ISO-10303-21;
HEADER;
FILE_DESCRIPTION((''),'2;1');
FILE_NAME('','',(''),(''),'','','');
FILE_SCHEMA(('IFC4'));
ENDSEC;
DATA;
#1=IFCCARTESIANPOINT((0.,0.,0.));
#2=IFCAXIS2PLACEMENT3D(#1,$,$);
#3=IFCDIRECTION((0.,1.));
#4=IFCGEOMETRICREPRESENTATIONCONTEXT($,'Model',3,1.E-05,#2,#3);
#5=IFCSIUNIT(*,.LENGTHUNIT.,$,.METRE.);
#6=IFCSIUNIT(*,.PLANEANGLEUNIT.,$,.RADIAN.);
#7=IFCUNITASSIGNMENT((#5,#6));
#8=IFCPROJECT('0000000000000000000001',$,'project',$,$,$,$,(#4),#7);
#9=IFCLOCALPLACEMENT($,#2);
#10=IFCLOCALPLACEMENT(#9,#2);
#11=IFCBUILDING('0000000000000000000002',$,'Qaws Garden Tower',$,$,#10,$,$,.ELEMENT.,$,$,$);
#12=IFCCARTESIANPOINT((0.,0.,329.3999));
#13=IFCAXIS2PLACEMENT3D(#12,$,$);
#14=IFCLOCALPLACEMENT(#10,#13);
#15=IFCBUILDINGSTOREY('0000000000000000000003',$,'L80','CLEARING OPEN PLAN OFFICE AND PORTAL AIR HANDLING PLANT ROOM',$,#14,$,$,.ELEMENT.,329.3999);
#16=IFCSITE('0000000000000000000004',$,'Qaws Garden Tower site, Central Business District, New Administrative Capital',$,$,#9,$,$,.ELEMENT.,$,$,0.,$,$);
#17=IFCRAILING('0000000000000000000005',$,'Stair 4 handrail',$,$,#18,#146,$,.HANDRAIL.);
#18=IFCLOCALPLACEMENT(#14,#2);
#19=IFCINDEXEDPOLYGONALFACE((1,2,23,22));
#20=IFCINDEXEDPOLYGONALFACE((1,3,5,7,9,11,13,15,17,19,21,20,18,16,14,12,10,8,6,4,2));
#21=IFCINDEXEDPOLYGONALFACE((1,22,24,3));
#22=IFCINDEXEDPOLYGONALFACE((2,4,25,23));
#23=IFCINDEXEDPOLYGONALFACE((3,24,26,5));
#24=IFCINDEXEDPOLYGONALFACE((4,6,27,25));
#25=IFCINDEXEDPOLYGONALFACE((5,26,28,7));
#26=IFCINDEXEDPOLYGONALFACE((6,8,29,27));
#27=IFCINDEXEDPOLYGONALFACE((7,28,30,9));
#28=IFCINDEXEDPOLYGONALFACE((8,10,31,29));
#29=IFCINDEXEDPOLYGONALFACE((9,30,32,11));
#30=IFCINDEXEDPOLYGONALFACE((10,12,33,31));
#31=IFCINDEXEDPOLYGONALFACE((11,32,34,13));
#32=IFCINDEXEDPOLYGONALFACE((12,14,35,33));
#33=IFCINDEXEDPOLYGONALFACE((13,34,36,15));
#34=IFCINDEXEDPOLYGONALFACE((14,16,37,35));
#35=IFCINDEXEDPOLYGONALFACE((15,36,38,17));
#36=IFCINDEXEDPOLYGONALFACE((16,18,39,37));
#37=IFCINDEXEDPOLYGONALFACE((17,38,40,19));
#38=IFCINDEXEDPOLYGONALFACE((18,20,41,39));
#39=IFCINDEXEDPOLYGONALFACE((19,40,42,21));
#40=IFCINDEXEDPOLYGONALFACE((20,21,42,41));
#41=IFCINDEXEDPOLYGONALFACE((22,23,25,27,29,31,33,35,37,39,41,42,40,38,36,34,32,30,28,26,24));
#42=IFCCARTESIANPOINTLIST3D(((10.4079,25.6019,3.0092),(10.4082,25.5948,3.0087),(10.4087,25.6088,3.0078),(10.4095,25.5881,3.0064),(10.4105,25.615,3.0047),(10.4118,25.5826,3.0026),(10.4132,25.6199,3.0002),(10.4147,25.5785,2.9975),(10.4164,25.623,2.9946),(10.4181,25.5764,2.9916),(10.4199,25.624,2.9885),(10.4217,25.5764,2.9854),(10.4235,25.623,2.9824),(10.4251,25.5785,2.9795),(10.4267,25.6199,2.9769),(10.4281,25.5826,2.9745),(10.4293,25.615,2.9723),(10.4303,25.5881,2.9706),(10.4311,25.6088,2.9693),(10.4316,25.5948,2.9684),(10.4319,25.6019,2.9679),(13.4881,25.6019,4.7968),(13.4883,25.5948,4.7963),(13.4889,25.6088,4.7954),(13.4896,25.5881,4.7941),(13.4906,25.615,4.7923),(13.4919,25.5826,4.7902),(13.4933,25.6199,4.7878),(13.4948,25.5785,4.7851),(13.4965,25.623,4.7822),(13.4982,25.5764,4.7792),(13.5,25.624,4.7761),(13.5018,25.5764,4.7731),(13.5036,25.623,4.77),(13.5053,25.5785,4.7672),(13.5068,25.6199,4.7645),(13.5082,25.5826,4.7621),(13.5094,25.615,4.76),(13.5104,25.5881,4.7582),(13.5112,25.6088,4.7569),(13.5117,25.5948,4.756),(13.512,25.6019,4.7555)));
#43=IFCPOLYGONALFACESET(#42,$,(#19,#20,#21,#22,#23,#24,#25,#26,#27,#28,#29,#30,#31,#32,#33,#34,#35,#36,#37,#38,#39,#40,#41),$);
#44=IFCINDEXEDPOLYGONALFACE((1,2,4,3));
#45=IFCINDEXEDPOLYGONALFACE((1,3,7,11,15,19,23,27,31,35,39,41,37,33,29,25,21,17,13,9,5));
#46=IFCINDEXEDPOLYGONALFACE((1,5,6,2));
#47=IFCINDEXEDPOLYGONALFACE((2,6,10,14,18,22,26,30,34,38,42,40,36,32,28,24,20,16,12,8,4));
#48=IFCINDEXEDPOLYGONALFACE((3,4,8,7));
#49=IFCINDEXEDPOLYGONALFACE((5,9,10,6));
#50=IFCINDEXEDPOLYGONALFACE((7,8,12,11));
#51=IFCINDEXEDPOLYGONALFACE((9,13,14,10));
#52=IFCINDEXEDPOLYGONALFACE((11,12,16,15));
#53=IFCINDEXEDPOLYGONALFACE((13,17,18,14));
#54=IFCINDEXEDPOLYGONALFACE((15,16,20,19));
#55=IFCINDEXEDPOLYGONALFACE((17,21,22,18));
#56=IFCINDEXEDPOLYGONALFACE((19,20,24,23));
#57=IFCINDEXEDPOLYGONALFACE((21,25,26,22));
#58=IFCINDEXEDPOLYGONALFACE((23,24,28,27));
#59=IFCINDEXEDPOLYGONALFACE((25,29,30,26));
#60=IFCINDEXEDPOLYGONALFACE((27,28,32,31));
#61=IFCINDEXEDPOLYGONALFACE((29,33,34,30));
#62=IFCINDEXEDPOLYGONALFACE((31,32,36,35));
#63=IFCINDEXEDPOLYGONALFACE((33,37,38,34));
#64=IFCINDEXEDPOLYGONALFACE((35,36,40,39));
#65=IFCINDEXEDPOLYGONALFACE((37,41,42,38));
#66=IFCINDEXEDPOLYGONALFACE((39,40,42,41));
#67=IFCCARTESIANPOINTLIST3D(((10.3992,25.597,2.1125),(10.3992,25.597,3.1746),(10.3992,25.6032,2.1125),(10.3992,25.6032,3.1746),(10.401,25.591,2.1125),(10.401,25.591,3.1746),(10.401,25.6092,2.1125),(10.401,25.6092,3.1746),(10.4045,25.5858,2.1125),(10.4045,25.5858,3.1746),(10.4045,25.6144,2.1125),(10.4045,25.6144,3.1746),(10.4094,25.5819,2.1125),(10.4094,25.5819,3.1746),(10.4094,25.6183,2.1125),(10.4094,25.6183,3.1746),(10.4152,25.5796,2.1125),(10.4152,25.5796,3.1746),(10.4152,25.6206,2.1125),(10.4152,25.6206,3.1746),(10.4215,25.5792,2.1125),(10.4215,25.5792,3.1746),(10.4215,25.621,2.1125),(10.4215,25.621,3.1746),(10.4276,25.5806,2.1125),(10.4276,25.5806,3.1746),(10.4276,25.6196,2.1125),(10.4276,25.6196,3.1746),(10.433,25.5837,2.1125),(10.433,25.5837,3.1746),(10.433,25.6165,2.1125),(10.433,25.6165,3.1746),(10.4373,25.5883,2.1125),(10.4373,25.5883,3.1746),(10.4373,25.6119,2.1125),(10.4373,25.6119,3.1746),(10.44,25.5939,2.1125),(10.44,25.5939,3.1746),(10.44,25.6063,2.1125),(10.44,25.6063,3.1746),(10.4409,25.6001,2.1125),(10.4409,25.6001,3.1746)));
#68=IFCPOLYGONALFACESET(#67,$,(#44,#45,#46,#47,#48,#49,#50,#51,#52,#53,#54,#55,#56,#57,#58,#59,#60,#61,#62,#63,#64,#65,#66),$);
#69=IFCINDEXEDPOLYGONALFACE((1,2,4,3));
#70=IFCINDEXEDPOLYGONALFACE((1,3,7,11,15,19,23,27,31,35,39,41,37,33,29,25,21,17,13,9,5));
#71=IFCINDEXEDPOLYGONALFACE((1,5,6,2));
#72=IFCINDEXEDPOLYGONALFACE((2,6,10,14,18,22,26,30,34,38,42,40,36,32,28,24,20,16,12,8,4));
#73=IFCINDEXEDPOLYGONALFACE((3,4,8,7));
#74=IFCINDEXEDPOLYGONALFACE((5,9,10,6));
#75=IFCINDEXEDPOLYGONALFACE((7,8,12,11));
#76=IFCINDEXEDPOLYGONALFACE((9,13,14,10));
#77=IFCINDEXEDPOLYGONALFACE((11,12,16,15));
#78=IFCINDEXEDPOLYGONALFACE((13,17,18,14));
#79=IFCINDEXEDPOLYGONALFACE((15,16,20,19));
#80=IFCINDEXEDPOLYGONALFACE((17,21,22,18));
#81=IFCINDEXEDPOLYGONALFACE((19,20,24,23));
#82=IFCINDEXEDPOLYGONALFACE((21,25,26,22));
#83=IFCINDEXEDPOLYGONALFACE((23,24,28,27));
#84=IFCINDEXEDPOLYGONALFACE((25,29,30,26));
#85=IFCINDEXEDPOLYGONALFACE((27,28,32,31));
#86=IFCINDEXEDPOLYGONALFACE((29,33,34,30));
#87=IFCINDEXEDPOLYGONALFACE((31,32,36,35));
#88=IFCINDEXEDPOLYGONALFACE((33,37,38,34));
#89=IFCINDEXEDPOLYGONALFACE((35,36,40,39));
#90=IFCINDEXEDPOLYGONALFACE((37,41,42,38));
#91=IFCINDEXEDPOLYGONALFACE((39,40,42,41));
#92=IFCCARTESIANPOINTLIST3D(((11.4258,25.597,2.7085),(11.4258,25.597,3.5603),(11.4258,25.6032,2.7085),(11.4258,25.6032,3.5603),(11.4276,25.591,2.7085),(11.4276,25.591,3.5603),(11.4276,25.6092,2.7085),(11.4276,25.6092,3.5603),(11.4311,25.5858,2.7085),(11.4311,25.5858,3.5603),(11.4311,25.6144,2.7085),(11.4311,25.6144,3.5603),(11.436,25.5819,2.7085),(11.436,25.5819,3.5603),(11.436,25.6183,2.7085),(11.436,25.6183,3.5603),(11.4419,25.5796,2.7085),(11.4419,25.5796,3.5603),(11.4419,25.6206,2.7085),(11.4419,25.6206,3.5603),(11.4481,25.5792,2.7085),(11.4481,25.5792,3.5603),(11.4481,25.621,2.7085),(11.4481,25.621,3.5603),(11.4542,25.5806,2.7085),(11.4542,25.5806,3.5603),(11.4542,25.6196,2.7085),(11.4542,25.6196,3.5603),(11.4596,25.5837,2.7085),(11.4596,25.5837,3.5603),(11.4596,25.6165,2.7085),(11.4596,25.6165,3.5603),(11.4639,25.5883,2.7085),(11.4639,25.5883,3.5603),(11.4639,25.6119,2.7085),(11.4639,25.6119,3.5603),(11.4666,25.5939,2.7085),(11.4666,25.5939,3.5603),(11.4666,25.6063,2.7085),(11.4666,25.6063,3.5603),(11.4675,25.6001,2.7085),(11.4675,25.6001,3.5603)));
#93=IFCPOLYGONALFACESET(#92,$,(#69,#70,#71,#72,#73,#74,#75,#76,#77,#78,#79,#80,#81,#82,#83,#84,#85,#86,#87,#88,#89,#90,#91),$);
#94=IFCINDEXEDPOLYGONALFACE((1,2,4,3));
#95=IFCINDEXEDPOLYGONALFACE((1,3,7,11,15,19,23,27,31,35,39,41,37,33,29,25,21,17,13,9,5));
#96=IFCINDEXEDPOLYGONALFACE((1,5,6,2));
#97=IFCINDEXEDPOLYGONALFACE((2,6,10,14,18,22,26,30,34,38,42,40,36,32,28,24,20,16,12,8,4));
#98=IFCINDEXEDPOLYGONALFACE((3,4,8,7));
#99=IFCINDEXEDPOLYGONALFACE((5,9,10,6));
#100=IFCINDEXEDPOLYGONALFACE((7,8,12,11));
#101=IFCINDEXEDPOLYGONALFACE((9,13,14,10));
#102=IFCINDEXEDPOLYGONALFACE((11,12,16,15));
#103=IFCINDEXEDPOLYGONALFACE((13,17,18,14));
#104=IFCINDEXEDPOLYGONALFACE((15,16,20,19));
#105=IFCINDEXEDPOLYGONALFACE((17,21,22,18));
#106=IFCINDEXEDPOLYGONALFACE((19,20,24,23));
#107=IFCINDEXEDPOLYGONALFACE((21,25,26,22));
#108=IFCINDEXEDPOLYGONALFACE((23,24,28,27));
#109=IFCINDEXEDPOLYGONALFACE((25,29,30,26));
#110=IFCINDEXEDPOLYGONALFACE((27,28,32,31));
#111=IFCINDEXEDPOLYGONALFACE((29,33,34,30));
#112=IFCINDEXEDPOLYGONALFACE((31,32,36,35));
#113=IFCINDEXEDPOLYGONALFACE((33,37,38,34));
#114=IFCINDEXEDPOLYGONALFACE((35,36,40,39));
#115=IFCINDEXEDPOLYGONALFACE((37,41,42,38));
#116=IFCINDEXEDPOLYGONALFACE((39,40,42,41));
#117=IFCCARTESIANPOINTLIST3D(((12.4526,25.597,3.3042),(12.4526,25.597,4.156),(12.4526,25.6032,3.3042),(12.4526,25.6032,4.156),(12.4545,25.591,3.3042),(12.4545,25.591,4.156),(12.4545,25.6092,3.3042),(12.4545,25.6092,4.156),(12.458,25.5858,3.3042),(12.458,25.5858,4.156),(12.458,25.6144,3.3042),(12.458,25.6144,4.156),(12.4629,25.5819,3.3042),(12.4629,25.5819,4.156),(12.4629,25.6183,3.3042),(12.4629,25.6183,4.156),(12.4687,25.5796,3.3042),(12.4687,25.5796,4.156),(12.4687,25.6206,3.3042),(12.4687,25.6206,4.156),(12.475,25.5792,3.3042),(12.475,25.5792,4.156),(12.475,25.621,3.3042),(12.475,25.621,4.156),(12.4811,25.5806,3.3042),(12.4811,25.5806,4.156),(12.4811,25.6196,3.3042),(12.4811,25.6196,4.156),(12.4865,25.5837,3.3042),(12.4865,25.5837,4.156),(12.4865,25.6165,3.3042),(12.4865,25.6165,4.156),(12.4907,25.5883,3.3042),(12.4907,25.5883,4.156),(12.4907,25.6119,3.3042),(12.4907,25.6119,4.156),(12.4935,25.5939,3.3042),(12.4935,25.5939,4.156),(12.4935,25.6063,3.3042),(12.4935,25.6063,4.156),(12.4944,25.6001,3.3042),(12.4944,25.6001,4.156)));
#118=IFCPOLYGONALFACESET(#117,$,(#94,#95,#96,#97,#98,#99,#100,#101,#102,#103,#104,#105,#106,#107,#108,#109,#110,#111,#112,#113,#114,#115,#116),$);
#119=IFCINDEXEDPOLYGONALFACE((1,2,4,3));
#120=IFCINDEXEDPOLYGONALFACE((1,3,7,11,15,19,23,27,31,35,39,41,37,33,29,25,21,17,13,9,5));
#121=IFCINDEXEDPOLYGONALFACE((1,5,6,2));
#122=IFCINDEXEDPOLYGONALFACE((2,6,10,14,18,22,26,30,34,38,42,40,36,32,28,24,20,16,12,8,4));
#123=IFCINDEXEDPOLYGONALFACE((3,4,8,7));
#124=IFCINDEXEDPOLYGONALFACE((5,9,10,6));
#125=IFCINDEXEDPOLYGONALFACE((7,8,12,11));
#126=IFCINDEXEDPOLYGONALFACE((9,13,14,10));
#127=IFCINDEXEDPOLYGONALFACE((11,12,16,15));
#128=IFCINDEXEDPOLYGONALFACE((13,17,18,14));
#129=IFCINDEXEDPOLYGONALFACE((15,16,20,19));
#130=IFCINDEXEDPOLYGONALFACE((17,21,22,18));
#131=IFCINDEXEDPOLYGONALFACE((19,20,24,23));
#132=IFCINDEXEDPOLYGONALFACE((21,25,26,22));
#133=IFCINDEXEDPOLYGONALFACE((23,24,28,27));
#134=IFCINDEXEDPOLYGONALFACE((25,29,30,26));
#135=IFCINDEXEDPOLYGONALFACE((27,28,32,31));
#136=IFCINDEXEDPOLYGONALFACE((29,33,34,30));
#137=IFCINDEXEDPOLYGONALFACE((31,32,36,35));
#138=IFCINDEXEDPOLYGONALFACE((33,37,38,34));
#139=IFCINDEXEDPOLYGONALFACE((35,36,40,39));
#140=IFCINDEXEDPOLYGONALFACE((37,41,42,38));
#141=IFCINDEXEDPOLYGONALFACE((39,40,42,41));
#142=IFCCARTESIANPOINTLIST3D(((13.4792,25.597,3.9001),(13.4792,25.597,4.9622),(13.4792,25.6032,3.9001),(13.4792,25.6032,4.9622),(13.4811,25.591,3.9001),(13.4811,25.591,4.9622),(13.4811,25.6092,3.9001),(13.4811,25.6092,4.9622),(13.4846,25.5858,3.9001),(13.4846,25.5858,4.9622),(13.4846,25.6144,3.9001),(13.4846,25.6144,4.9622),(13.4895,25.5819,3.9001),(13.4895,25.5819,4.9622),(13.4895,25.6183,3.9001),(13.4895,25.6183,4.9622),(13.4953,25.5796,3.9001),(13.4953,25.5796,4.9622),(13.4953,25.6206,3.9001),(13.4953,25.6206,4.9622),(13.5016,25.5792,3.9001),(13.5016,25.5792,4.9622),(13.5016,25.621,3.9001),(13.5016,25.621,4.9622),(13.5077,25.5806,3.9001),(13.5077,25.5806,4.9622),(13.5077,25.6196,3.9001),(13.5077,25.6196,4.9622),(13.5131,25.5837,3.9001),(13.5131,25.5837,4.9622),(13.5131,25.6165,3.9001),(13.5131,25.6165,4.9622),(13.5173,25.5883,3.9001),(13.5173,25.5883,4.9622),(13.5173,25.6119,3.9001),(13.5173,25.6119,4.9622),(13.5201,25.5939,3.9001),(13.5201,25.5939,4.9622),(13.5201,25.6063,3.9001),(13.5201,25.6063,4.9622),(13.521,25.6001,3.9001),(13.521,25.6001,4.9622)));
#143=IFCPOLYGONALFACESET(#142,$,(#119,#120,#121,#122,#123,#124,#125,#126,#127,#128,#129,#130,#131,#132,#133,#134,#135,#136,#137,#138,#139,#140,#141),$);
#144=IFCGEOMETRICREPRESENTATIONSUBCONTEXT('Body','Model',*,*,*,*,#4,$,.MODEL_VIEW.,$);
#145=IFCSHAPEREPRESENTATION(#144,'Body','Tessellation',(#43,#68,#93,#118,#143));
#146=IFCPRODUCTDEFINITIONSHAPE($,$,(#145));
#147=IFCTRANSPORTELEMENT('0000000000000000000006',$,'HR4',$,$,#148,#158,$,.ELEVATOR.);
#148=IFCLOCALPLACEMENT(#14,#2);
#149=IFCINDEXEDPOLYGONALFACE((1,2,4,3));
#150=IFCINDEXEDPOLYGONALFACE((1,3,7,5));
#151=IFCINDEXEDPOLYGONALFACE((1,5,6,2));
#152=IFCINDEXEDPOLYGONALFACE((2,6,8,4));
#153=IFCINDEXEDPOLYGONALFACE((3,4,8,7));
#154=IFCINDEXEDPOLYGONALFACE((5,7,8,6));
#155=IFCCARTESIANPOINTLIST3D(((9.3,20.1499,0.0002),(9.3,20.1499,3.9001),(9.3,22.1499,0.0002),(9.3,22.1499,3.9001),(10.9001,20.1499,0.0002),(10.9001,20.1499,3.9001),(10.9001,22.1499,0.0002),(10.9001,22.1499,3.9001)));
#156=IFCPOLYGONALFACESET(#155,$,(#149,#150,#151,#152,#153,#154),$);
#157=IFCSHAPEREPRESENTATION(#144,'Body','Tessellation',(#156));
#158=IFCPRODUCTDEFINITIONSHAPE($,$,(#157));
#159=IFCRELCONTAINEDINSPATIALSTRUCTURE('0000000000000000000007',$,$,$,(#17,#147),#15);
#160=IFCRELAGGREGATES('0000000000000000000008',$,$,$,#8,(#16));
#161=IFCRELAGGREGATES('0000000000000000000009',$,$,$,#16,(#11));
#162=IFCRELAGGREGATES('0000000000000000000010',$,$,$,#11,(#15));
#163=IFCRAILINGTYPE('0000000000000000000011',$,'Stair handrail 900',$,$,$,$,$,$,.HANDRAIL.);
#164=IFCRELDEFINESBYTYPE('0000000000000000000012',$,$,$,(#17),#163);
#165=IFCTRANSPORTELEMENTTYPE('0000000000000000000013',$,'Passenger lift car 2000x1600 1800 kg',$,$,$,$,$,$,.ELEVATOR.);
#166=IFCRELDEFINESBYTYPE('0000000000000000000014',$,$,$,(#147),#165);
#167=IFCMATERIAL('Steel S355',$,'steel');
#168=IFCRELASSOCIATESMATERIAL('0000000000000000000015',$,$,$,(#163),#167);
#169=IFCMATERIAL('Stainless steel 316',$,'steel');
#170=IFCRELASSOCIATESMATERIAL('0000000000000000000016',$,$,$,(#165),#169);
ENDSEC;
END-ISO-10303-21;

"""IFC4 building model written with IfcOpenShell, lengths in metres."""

from ifc_helpers import new_model, si_unit, direction, frame, origin, origin_2d, place, context, subcontext, project, spatial, rectangle, circle, extrude, material, type_object, element, save


model = new_model("IFC4")

# Units and contexts
model_context = context("Model", 3, precision=1e-05, world=origin(), true_north=direction((0.0, 1.0)))
body_context = subcontext(model_context, "Body", "Model", "MODEL_VIEW")
ifc_project = project(units=[si_unit("LENGTHUNIT", "METRE"), si_unit("PLANEANGLEUNIT", "RADIAN")], contexts=[model_context])

# Site, building, storey
site_placement = place(None, origin())
site = spatial("IfcSite", under=ifc_project, at=site_placement, Name="Qaws Garden Tower site, Central Business District, New Administrative Capital", CompositionType="ELEMENT", RefElevation=0.0)
building_placement = place(site_placement, origin())
building = spatial("IfcBuilding", under=site, at=building_placement, Name="Qaws Garden Tower", CompositionType="ELEMENT")
storey_placement = place(building_placement, frame((0.0, 0.0, 329.3999)))
storey = spatial("IfcBuildingStorey", under=building, at=storey_placement, Name="L80", Description="CLEARING OPEN PLAN OFFICE AND PORTAL AIR HANDLING PLANT ROOM", CompositionType="ELEMENT", Elevation=329.3999)

# Railing
ifc_material_1 = material(Name="Steel S355", Category="steel")
railing_type = type_object("IfcRailingType", Name="Stair handrail 900", PredefinedType="HANDRAIL", material=ifc_material_1)
railing_placement = place(storey_placement, frame((10.4199, 25.6001, 2.1125)))
element("IfcRailing", 1, at=railing_placement, inside=storey, type_object=railing_type, Name="Stair 4 handrail", PredefinedType="HANDRAIL", context=body_context, shape_type="SweptSolid", body=[
    extrude(circle(Radius=0.0239, at=origin_2d()), frame((0.0, 0.0, 0.876), z_axis=(0.864891, 0.0, 0.50196), x_axis=(0.0, 1.0, 0.0)), (0.0, 0.0, 1.0), 3.5613),
    extrude(circle(Radius=0.021, at=origin_2d()), origin(), (0.0, 0.0, 1.0), 1.062),
    extrude(circle(Radius=0.021, at=origin_2d()), frame((1.0266, 0.0, 0.5959)), (0.0, 0.0, 1.0), 0.8518),
    extrude(circle(Radius=0.021, at=origin_2d()), frame((2.0535, 0.0, 1.1917)), (0.0, 0.0, 1.0), 0.8518),
    extrude(circle(Radius=0.021, at=origin_2d()), frame((3.0801, 0.0, 1.7876)), (0.0, 0.0, 1.0), 1.062),
])

# Transport element
ifc_material_2 = material(Name="Stainless steel 316", Category="steel")
transport_element_type = type_object("IfcTransportElementType", Name="Passenger lift car 2000x1600 1800 kg", PredefinedType="ELEVATOR", material=ifc_material_2)
transport_element_placement = place(storey_placement, frame((10.1001, 21.1499, 0.0002), z_axis=(0.0, 0.0, 1.0), x_axis=(1.0, 0.0, 0.0)))
element("IfcTransportElement", 2, at=transport_element_placement, inside=storey, type_object=transport_element_type, Name="HR4", PredefinedType="ELEVATOR", context=body_context, shape_type="SweptSolid", body=[
    extrude(rectangle(XDim=1.6001, YDim=2.0, at=origin_2d()), origin(), (0.0, 0.0, 1.0), 3.8999),
])

save(model, "model.ifc")
